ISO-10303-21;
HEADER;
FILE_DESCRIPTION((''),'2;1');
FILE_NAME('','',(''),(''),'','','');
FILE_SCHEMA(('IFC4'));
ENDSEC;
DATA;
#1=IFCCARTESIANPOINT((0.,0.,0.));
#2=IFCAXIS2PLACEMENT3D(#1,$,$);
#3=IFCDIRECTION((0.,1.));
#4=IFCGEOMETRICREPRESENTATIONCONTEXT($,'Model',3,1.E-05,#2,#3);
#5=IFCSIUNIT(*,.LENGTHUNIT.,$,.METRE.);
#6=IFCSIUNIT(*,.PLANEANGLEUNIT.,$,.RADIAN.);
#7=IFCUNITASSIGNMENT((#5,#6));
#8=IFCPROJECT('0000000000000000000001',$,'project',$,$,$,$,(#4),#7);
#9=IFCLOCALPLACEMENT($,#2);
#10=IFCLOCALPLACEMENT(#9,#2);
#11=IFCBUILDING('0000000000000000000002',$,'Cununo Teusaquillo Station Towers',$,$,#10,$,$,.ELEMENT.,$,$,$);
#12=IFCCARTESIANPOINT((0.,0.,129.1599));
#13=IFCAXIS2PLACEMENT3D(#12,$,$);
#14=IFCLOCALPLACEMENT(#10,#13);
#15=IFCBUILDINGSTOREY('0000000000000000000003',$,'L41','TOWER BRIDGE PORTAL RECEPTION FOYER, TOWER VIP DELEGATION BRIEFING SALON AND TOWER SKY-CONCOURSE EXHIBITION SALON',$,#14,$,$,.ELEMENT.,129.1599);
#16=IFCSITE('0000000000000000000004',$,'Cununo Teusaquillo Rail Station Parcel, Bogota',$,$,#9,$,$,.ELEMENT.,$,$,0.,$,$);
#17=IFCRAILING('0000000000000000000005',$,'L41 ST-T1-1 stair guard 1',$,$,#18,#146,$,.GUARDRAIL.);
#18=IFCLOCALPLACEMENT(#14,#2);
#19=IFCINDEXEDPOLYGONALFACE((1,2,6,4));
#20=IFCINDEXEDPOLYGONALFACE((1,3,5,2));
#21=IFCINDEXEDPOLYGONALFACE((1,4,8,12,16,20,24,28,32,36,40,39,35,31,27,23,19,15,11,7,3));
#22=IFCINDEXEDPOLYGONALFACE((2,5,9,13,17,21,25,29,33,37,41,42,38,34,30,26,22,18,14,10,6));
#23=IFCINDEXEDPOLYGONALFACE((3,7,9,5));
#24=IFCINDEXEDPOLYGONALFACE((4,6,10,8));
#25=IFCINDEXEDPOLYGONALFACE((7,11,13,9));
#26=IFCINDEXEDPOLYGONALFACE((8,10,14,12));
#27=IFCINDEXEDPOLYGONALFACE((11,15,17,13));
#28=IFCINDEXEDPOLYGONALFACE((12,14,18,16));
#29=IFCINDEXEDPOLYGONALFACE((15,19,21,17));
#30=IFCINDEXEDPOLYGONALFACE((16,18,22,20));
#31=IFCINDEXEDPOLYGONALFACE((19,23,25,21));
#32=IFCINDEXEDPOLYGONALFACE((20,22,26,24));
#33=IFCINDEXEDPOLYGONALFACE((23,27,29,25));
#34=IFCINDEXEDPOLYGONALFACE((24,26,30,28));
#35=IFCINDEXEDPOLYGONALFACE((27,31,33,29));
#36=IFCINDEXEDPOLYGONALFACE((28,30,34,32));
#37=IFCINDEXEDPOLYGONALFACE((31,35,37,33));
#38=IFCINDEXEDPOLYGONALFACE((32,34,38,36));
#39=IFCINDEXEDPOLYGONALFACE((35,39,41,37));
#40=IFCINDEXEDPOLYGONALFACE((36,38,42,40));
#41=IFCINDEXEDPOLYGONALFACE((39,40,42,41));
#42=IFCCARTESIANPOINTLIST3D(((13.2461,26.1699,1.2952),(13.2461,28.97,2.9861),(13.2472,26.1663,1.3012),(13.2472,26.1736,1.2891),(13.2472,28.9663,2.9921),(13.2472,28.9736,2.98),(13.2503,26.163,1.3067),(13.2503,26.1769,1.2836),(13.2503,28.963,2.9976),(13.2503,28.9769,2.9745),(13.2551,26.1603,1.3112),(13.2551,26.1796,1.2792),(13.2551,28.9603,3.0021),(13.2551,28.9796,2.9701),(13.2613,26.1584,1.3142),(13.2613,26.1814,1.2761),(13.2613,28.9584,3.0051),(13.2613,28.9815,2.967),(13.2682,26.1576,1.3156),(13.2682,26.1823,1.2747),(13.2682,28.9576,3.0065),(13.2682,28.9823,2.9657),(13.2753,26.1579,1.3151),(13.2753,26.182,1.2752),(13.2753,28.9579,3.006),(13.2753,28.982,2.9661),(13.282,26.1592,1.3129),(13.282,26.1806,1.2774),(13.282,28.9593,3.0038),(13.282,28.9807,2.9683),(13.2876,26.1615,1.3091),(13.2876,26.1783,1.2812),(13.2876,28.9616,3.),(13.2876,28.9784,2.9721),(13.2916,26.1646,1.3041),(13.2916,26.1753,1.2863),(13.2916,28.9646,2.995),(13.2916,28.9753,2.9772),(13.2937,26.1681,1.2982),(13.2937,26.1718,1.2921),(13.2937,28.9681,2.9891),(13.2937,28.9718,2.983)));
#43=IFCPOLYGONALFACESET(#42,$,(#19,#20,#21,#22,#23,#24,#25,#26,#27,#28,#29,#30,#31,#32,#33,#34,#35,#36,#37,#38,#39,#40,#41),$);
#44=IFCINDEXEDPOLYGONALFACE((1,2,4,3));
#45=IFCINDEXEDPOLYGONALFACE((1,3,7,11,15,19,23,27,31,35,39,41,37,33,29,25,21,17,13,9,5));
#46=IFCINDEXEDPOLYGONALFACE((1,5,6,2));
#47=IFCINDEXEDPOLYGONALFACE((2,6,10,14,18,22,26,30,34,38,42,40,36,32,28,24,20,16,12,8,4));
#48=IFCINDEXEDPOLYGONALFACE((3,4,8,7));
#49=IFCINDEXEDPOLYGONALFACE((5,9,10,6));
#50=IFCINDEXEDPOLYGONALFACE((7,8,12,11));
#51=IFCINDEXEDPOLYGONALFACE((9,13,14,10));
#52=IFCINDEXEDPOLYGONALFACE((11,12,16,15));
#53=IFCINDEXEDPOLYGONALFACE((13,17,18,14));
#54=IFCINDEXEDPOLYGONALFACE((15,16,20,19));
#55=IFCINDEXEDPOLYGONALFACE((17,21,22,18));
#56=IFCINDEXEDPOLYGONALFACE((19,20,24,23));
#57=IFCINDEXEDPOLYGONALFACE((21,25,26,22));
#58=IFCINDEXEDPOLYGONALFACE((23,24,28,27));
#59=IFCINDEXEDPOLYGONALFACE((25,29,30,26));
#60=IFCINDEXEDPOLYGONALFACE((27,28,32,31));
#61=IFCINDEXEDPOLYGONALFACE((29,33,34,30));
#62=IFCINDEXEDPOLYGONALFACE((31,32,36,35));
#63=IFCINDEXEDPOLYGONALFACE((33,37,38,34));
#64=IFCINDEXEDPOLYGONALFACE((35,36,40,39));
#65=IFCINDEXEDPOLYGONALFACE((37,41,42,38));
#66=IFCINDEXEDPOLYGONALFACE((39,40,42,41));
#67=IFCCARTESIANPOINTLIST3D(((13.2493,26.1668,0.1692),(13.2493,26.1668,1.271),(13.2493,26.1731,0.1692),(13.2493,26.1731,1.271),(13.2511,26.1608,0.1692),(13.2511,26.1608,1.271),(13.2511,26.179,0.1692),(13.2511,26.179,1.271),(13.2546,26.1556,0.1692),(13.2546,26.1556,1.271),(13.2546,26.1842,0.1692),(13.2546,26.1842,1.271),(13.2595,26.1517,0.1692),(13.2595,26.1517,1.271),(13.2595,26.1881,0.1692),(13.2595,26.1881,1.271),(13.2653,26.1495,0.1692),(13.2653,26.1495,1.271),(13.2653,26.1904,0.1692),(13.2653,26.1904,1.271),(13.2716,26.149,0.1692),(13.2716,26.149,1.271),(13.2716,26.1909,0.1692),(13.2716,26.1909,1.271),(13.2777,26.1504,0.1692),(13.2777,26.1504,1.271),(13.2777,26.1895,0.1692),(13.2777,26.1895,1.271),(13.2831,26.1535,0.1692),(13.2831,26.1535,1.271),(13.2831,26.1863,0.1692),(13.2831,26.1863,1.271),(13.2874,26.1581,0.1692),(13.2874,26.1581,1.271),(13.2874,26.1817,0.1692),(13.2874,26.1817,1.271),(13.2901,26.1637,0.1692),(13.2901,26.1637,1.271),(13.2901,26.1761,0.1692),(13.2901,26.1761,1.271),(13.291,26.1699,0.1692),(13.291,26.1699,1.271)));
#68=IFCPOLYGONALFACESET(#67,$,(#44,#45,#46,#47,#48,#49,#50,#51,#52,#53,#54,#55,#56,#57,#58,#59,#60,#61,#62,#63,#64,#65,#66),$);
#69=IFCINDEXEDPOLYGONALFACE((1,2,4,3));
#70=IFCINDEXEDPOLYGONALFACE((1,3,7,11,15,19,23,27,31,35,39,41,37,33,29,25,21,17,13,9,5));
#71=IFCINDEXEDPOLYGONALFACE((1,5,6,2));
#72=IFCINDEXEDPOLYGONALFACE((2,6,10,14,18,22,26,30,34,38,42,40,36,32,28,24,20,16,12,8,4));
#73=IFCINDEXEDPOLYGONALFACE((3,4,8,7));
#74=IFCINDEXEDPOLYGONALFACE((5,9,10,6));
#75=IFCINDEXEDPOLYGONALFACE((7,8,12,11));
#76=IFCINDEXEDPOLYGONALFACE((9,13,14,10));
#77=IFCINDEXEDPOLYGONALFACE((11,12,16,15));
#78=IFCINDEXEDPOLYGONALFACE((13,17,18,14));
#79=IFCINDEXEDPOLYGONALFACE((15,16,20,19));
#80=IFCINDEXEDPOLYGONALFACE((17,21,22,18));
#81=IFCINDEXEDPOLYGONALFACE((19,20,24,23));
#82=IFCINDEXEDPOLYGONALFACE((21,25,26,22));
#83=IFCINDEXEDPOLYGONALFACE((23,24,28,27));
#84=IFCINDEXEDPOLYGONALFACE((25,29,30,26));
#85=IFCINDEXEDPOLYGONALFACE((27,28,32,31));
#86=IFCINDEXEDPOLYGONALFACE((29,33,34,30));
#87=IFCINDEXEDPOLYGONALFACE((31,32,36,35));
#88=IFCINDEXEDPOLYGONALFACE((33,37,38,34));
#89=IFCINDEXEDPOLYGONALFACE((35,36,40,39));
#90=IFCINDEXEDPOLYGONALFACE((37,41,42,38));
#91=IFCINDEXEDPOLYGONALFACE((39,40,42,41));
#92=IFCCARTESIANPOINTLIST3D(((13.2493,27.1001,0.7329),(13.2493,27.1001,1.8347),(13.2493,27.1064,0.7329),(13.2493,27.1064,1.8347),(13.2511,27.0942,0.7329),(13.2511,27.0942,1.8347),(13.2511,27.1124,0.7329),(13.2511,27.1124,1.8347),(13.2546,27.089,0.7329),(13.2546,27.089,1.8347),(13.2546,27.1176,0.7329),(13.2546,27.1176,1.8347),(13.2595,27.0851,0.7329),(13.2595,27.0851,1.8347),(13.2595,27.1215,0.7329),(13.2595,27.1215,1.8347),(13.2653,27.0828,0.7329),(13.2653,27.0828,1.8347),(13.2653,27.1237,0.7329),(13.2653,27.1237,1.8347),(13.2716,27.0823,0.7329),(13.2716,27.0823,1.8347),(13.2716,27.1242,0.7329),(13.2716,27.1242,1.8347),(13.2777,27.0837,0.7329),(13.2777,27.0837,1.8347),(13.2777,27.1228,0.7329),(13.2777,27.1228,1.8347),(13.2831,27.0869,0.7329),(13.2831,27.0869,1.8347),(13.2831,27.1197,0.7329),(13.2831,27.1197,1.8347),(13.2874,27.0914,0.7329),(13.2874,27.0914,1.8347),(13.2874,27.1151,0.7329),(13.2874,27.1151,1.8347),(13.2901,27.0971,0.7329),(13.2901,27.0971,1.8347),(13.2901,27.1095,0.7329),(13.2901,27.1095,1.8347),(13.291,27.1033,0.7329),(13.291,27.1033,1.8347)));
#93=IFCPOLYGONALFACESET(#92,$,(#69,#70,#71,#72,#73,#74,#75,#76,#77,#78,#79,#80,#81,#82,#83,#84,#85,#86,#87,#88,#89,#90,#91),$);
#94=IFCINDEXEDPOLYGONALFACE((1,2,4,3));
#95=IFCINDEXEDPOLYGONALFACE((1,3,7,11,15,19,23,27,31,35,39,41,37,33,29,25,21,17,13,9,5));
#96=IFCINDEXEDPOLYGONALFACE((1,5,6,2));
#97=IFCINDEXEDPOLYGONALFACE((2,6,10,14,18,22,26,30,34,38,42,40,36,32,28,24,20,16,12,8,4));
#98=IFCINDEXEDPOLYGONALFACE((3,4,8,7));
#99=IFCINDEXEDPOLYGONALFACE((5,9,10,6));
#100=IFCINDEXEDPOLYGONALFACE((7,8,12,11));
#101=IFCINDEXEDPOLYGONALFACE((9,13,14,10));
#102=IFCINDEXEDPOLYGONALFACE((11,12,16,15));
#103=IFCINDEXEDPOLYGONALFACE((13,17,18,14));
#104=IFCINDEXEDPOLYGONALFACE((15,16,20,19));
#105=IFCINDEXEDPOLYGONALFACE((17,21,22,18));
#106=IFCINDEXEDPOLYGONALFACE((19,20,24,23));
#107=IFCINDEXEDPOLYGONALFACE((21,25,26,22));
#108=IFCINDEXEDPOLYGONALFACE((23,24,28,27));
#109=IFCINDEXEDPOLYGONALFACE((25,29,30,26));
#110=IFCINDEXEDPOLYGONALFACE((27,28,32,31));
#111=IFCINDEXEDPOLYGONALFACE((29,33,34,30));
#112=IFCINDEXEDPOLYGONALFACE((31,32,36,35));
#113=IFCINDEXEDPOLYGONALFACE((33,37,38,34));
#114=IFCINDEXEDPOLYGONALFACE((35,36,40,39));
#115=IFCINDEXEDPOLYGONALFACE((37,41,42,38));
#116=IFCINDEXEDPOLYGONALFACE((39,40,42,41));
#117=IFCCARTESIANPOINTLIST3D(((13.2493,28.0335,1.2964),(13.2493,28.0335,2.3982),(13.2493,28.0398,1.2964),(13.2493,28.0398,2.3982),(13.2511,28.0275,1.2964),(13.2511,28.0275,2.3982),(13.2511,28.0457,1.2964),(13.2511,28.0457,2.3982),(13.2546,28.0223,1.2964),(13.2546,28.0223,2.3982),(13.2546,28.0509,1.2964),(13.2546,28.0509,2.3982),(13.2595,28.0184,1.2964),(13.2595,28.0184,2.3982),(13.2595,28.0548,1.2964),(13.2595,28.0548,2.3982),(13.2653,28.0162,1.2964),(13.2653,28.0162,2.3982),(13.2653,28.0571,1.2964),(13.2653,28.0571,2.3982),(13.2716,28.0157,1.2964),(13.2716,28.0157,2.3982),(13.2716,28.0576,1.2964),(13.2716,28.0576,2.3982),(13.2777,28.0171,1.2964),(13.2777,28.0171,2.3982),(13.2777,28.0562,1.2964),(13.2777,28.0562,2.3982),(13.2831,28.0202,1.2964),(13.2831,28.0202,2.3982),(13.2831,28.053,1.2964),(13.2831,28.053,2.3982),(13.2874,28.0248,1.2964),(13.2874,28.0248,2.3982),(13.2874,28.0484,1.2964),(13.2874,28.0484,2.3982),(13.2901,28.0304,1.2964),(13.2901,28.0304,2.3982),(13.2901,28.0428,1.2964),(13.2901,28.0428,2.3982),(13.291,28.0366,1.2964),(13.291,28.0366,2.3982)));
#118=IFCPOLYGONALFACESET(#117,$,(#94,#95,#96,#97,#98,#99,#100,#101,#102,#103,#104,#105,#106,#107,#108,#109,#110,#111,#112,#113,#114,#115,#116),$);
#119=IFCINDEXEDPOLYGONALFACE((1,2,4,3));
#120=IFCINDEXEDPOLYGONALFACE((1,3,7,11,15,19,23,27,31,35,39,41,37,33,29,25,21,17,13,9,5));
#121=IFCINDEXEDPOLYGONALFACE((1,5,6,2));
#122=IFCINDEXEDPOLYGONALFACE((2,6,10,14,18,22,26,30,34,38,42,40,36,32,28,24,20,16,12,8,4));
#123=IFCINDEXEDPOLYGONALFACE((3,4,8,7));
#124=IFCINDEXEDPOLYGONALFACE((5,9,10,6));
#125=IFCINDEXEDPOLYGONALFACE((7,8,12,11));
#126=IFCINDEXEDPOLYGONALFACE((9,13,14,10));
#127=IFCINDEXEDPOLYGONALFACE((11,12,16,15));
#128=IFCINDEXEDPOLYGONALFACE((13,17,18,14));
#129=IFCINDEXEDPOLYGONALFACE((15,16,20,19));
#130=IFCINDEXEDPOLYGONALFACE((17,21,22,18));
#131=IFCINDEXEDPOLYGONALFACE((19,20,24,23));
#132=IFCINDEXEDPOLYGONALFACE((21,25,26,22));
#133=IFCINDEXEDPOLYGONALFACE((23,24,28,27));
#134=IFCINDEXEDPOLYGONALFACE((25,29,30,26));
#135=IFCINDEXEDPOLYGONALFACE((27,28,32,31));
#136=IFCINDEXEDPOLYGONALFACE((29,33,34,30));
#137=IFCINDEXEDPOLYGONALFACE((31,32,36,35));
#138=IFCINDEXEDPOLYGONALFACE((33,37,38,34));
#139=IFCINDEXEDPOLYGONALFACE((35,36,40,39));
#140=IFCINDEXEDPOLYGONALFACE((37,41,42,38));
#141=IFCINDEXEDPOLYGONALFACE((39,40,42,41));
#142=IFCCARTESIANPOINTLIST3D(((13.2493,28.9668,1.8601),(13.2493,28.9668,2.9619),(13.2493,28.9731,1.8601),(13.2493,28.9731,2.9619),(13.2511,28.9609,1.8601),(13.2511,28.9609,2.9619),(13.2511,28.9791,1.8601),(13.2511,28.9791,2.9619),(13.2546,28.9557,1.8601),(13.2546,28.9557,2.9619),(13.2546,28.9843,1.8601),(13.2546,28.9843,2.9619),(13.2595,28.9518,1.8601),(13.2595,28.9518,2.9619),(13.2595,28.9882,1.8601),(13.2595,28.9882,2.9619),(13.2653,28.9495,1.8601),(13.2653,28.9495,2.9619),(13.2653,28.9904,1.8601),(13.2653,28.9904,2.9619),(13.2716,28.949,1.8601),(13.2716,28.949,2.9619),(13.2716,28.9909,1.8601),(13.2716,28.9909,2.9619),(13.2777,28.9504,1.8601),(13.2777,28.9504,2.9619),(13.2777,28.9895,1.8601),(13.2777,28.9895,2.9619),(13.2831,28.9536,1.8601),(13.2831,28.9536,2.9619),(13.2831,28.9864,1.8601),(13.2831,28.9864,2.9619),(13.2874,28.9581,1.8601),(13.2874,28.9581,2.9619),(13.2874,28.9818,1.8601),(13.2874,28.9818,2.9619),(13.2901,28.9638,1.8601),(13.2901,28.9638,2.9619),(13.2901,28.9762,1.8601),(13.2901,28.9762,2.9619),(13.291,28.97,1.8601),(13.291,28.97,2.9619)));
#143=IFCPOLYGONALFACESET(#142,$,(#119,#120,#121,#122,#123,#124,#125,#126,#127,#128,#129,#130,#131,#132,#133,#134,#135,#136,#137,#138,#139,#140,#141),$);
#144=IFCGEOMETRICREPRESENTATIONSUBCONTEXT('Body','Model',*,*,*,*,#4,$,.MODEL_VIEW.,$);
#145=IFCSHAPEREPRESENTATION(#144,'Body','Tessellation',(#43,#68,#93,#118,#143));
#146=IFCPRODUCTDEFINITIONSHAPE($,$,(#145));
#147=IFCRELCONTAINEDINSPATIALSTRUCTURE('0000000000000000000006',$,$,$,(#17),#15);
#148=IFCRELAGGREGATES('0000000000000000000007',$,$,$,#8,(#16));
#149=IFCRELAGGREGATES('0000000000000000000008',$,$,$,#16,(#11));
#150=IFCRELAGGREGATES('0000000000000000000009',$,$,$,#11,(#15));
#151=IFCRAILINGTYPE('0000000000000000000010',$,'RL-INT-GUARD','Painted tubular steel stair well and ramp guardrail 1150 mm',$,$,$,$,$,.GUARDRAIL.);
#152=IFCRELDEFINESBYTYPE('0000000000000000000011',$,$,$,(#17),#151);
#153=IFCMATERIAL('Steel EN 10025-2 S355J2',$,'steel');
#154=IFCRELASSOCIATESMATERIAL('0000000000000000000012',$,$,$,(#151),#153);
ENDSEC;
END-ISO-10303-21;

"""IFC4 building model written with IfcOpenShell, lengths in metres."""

from ifc_helpers import new_model, si_unit, direction, frame, origin, origin_2d, place, context, subcontext, project, spatial, circle, extrude, material, type_object, element, save


model = new_model("IFC4")

# Units and contexts
model_context = context("Model", 3, precision=1e-05, world=origin(), true_north=direction((0.0, 1.0)))
body_context = subcontext(model_context, "Body", "Model", "MODEL_VIEW")
ifc_project = project(units=[si_unit("LENGTHUNIT", "METRE"), si_unit("PLANEANGLEUNIT", "RADIAN")], contexts=[model_context])

# Site, building, storey
site_placement = place(None, origin())
site = spatial("IfcSite", under=ifc_project, at=site_placement, Name="Cununo Teusaquillo Rail Station Parcel, Bogota", CompositionType="ELEMENT", RefElevation=0.0)
building_placement = place(site_placement, origin())
building = spatial("IfcBuilding", under=site, at=building_placement, Name="Cununo Teusaquillo Station Towers", CompositionType="ELEMENT")
storey_placement = place(building_placement, frame((0.0, 0.0, 129.1599)))
storey = spatial("IfcBuildingStorey", under=building, at=storey_placement, Name="L41", Description="TOWER BRIDGE PORTAL RECEPTION FOYER, TOWER VIP DELEGATION BRIEFING SALON AND TOWER SKY-CONCOURSE EXHIBITION SALON", CompositionType="ELEMENT", Elevation=129.1599)

# Railing
ifc_material_1 = material(Name="Steel EN 10025-2 S355J2", Category="steel")
railing_type_1 = type_object("IfcRailingType", Name="RL-INT-GUARD", Description="Painted tubular steel stair well and ramp guardrail 1150 mm", PredefinedType="GUARDRAIL", material=ifc_material_1)
railing_1_placement = place(storey_placement, frame((13.27, 26.1699, 0.1692)))
element("IfcRailing", 1, at=railing_1_placement, inside=storey, type_object=railing_type_1, Name="L41 ST-T1-1 stair guard 1", PredefinedType="GUARDRAIL", context=body_context, shape_type="SweptSolid", body=[
    extrude(circle(Radius=0.0239, at=origin_2d()), frame((0.0, 0.0, 1.126), z_axis=(0.0, 0.856021, 0.516941), x_axis=(-1.0, 0.0, 0.0)), (0.0, 0.0, 1.0), 3.271),
    extrude(circle(Radius=0.021, at=origin_2d()), origin(), (0.0, 0.0, 1.0), 1.1018),
    extrude(circle(Radius=0.021, at=origin_2d()), frame((0.0, 0.9333, 0.5637)), (0.0, 0.0, 1.0), 1.1018),
    extrude(circle(Radius=0.021, at=origin_2d()), frame((0.0, 1.8667, 1.1272)), (0.0, 0.0, 1.0), 1.1018),
    extrude(circle(Radius=0.021, at=origin_2d()), frame((0.0, 2.8, 1.6909)), (0.0, 0.0, 1.0), 1.1018),
])

save(model, "model.ifc")
